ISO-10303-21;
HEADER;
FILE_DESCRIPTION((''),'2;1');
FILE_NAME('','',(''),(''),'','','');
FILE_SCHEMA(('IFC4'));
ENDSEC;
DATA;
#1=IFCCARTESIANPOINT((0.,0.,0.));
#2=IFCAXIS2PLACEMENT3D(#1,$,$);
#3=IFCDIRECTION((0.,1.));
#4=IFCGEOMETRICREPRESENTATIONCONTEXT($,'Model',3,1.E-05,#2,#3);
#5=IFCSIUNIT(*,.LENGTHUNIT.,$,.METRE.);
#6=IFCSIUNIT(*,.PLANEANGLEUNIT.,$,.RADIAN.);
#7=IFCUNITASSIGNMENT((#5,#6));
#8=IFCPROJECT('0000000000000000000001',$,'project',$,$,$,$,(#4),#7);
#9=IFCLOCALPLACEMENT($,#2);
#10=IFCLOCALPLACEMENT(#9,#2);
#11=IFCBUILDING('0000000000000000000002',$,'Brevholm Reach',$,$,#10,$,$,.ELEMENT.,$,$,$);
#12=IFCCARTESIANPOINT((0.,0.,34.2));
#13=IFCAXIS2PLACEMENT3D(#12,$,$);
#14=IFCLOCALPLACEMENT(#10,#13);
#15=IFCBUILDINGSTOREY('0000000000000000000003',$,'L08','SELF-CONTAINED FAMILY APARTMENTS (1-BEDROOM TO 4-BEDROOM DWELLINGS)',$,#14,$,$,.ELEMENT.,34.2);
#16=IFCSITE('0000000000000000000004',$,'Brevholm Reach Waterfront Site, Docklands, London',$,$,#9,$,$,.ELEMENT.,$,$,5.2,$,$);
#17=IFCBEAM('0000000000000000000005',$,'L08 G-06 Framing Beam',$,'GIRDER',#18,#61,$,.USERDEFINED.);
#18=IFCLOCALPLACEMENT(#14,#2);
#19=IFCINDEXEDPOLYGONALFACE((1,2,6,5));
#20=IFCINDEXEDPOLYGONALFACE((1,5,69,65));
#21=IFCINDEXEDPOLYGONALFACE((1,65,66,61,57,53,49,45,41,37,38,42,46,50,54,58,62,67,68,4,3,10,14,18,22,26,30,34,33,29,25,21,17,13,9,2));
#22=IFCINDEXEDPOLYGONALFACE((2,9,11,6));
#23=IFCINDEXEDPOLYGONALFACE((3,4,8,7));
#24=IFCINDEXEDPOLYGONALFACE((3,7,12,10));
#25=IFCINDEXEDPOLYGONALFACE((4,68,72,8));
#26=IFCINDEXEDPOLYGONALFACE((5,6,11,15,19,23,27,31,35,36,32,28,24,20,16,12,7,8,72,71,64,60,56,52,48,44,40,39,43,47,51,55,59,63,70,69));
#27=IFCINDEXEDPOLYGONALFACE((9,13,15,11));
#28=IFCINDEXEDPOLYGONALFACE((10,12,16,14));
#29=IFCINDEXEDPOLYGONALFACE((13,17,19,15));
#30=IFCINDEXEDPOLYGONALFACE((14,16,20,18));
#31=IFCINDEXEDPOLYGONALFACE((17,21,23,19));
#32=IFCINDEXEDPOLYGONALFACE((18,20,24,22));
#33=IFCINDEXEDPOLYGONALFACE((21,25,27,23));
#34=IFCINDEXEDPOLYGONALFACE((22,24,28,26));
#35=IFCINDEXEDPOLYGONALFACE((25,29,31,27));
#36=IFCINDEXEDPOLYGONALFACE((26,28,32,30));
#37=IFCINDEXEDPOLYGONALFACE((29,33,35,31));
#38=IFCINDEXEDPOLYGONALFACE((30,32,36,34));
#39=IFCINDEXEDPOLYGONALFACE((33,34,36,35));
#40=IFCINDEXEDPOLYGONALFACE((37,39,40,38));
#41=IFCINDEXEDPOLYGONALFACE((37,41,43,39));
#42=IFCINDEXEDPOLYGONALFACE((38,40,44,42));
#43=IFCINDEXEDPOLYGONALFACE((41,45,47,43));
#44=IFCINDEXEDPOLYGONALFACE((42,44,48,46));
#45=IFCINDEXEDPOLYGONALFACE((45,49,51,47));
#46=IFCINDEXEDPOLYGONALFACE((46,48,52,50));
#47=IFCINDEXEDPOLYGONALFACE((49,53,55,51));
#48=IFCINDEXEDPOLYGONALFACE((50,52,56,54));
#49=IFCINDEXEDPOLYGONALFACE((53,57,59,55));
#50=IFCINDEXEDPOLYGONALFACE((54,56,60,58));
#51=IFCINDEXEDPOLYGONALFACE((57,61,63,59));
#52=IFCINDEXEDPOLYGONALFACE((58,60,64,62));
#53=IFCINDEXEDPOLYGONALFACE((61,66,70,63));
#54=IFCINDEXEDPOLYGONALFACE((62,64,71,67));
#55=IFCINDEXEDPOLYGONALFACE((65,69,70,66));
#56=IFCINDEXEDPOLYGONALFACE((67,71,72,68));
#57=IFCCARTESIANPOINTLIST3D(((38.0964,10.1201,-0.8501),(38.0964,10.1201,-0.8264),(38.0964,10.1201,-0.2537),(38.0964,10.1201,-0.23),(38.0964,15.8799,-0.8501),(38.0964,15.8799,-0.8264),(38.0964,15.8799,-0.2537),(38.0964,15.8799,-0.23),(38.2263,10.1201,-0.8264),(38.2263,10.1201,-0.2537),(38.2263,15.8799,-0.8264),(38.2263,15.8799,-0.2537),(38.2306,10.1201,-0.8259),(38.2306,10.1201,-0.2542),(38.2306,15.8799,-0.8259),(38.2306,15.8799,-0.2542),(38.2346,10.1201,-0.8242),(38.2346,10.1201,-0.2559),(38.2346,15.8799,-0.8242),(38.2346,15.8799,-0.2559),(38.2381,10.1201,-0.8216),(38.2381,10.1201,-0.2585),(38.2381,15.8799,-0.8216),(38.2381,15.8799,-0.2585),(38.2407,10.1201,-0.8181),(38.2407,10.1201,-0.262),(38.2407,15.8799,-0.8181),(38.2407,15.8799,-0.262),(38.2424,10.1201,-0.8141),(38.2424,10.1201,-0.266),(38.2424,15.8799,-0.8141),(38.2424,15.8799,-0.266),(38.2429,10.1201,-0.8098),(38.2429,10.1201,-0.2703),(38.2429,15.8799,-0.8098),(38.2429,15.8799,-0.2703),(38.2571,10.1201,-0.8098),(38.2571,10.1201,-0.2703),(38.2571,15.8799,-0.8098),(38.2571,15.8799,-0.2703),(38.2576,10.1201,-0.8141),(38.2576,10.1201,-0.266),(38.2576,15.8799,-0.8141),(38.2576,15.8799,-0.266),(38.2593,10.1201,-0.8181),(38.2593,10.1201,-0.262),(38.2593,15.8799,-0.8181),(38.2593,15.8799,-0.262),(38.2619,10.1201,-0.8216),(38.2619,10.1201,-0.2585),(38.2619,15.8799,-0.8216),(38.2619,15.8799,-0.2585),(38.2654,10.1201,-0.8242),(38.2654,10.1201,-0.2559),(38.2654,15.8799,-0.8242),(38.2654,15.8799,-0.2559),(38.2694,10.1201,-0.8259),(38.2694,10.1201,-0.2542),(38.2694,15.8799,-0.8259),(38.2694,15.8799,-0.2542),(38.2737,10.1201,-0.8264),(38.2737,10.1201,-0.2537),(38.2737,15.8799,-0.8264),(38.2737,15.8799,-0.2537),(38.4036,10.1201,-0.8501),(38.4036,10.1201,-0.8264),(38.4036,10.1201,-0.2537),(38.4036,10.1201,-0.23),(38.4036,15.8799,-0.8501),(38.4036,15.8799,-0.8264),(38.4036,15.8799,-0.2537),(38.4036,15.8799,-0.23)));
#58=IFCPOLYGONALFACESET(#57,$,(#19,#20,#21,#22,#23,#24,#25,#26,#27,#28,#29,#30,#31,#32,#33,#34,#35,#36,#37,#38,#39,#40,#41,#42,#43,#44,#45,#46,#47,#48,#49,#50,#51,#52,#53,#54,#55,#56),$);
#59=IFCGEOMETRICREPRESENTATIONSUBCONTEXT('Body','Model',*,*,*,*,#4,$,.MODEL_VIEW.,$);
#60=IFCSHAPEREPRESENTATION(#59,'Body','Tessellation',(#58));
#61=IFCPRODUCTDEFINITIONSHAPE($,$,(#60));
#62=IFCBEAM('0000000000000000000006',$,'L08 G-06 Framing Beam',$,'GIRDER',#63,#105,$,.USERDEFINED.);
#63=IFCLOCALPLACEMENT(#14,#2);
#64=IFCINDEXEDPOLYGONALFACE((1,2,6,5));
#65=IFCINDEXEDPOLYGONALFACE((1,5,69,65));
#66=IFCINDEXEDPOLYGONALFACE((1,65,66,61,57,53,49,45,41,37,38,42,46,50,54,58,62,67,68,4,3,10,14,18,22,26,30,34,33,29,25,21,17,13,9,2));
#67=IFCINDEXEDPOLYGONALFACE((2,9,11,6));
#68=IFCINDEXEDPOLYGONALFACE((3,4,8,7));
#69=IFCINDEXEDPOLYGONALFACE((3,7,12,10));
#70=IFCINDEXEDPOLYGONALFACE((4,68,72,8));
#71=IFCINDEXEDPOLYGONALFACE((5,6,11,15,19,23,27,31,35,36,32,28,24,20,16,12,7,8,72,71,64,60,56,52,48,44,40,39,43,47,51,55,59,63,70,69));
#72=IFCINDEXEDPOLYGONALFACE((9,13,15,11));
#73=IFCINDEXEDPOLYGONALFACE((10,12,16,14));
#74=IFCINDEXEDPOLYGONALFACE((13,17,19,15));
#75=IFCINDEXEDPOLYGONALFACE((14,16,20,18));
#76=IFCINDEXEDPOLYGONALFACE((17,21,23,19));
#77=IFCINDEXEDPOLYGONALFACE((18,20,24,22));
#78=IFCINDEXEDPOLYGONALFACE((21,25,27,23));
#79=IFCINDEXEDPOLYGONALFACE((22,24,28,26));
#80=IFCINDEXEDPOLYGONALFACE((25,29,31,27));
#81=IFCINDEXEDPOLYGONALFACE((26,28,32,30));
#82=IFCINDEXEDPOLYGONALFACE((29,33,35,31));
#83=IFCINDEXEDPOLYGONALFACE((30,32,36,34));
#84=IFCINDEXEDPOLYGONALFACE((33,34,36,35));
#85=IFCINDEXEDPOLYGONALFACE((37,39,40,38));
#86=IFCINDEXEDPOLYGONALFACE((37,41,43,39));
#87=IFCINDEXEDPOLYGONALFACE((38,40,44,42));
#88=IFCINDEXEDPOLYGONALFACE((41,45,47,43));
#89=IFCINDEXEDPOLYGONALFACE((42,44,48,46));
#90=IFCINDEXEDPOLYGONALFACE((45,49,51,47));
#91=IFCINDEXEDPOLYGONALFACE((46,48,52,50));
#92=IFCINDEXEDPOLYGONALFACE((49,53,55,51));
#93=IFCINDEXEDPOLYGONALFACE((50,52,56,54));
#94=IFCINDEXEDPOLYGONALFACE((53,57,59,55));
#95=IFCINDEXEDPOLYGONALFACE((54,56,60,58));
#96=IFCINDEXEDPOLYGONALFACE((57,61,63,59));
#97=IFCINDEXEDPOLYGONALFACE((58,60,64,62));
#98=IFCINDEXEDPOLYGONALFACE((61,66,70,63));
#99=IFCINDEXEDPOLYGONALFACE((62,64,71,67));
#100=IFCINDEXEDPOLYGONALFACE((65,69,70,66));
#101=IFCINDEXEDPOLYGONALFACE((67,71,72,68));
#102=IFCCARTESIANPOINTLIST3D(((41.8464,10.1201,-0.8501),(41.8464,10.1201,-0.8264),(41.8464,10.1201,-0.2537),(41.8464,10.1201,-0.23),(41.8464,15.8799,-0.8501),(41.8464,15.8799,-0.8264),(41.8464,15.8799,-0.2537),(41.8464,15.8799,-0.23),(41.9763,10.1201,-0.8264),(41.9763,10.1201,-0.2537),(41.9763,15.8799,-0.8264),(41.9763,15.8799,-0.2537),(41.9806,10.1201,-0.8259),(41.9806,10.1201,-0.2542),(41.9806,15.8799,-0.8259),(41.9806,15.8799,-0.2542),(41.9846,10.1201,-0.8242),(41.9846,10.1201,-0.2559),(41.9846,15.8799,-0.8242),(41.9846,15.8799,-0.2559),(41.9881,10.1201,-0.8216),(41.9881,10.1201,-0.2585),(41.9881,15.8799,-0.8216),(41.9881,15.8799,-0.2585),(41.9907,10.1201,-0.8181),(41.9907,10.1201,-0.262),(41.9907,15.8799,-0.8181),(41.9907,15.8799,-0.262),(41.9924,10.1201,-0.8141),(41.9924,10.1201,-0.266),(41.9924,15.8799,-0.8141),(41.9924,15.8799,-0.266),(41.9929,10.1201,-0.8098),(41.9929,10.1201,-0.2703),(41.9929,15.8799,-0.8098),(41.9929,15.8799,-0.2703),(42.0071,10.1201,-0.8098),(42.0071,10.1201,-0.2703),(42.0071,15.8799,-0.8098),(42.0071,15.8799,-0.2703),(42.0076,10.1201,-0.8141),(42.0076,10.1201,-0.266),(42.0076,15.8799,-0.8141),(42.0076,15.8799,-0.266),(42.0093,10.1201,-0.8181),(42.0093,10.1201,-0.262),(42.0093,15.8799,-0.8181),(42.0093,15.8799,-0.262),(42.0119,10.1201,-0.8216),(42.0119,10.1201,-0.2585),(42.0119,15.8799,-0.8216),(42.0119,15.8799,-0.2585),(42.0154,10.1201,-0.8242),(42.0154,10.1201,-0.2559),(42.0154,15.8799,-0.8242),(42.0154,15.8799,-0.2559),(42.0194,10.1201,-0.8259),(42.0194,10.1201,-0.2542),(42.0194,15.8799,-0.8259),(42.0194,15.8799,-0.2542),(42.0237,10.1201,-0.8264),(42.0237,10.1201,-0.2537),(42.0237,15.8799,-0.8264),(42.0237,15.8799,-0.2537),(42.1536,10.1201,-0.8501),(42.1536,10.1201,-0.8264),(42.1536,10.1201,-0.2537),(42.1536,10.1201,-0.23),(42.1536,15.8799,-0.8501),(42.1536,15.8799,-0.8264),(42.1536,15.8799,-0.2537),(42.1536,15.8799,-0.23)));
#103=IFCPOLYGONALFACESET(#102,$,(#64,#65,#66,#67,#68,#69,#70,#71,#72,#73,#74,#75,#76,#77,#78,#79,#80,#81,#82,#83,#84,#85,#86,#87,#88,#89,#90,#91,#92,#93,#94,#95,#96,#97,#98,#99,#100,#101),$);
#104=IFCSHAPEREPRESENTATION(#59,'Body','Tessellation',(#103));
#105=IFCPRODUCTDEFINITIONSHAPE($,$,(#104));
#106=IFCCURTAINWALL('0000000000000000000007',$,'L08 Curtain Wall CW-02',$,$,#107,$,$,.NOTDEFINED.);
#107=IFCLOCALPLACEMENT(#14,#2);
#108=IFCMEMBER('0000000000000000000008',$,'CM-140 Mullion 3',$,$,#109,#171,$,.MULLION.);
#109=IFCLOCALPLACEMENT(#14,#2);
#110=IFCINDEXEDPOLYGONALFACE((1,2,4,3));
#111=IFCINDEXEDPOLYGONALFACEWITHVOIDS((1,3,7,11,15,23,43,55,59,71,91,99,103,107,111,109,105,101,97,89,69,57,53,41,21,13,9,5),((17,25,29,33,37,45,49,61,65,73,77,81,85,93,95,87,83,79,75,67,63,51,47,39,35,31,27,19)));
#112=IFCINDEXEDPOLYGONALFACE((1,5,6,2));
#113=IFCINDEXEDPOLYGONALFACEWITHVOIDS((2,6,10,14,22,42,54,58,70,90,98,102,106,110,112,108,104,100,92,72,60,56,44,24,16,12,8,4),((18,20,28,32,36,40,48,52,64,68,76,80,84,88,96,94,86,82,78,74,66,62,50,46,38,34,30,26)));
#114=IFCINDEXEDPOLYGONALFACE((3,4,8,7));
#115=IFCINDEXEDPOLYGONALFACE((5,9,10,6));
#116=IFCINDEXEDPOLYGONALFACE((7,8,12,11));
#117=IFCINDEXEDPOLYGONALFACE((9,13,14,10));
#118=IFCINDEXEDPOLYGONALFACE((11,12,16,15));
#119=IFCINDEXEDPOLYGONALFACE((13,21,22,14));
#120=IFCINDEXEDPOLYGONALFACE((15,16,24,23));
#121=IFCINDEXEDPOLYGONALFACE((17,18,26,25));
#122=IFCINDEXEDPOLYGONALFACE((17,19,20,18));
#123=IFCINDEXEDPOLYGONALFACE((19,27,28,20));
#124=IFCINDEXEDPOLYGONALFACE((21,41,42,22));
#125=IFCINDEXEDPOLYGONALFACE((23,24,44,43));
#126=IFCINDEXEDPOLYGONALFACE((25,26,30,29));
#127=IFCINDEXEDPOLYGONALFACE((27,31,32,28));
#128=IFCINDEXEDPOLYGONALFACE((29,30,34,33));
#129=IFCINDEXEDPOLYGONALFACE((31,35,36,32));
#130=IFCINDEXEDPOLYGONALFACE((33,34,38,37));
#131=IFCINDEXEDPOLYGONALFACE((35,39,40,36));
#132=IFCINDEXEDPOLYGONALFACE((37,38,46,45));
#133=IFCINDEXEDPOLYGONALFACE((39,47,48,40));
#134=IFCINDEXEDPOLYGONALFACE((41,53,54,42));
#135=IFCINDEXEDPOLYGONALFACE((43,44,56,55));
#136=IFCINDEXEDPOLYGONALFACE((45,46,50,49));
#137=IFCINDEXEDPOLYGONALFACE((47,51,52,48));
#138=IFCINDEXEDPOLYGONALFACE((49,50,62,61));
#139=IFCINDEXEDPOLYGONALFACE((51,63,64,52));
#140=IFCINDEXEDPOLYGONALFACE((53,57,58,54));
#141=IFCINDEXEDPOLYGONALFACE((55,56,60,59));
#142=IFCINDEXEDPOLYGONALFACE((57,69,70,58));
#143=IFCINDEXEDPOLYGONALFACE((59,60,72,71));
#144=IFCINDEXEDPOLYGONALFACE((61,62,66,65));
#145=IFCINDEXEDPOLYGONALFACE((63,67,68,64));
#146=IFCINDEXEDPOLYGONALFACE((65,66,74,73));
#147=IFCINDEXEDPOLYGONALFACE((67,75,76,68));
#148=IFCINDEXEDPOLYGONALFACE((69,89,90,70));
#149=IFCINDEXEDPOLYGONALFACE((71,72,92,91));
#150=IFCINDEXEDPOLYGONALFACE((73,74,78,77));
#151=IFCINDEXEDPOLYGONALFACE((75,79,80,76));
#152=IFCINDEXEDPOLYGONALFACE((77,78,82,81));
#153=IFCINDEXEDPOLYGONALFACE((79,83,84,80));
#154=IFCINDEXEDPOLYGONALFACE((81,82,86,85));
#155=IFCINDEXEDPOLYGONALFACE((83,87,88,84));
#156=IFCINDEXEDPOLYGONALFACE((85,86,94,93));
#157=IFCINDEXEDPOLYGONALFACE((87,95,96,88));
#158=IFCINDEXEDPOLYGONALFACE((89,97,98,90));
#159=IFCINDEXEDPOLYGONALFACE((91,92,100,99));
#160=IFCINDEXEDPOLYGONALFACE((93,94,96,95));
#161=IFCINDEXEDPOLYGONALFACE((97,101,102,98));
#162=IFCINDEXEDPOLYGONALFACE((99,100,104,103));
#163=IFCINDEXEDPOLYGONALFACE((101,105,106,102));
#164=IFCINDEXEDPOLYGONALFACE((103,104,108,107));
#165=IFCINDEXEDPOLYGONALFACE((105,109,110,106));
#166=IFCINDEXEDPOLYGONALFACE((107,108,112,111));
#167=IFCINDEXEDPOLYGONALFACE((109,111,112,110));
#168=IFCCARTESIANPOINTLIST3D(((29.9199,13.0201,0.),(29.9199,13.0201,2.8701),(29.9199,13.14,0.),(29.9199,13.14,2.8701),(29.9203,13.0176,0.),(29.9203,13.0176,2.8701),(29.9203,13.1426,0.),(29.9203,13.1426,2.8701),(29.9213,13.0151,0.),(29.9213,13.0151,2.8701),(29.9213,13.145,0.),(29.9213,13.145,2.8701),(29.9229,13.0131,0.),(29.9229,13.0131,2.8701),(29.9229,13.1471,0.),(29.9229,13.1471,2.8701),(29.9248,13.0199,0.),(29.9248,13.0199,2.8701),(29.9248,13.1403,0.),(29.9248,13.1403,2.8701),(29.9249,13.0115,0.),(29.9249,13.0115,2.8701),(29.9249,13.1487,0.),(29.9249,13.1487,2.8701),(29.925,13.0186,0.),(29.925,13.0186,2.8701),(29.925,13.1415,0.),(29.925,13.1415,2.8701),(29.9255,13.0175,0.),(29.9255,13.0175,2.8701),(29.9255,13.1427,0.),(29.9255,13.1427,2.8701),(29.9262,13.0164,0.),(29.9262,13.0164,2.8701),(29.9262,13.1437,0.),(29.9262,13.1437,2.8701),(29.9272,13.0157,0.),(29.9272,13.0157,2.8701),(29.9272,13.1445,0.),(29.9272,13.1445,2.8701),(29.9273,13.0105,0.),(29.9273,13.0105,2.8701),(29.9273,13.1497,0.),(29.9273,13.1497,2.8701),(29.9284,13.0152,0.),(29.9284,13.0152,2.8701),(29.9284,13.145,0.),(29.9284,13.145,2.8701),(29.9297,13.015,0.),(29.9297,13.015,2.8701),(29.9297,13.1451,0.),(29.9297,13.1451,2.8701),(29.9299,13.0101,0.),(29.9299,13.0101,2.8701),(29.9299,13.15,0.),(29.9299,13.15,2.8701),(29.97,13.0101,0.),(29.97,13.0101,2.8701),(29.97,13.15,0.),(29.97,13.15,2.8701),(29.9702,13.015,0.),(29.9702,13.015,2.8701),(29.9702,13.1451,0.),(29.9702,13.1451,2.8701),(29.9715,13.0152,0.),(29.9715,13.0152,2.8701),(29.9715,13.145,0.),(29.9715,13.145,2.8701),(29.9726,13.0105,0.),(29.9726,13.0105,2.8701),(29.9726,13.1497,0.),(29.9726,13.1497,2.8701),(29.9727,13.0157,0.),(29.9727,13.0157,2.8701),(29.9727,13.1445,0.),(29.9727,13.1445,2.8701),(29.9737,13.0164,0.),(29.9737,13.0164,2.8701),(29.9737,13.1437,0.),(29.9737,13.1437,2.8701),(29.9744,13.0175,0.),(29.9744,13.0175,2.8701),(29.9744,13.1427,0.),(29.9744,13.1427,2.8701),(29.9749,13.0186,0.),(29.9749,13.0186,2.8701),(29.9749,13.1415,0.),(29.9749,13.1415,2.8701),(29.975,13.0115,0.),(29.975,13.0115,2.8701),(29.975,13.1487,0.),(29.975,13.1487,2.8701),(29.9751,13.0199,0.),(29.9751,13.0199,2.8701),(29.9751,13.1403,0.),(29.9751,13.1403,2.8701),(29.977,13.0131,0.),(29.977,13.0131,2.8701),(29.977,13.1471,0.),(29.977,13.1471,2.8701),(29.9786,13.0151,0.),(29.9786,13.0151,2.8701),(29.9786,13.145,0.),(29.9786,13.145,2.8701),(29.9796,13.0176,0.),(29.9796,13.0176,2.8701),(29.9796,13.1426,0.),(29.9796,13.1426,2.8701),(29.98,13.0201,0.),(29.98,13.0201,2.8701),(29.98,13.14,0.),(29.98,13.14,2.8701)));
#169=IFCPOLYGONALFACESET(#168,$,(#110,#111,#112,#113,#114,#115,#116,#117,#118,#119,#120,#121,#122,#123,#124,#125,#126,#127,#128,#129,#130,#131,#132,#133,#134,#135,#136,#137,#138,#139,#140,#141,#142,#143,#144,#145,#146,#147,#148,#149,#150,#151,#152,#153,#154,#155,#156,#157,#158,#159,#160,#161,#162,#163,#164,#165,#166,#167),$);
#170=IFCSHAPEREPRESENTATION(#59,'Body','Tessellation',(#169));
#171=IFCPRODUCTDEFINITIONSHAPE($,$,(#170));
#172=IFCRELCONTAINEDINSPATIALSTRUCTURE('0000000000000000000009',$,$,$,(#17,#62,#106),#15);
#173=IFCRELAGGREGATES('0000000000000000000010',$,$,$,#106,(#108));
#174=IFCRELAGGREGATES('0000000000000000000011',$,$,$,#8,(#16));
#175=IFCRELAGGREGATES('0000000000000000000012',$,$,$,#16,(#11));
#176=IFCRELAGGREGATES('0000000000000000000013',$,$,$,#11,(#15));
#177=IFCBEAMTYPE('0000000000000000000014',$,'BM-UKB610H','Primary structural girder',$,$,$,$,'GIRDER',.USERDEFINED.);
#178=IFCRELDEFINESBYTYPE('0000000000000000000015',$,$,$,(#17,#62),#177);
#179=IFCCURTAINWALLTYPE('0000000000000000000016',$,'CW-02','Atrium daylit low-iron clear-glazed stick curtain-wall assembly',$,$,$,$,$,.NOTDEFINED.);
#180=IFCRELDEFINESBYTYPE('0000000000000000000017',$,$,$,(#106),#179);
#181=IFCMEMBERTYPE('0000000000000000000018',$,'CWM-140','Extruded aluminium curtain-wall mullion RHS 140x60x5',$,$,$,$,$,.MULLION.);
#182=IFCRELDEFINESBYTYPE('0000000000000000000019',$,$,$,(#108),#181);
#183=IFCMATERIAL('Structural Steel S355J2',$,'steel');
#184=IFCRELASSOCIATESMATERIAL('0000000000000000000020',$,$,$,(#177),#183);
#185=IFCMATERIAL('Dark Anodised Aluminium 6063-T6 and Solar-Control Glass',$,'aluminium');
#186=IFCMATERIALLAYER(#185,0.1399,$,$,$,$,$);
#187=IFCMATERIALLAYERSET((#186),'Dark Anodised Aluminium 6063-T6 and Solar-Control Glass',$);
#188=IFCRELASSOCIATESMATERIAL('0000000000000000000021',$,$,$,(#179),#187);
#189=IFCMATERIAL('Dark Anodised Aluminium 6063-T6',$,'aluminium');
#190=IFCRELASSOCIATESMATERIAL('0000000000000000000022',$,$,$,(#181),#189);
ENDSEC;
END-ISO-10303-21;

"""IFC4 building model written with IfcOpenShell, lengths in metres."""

from ifc_helpers import new_model, si_unit, direction, frame, origin, origin_2d, place, context, subcontext, project, spatial, hollow_rectangle, i_section, extrude, material, layer, layer_set, material_profile, profile_set, type_object, element, aggregate, save


model = new_model("IFC4")

# Units and contexts
model_context = context("Model", 3, precision=1e-05, world=origin(), true_north=direction((0.0, 1.0)))
body_context = subcontext(model_context, "Body", "Model", "MODEL_VIEW")
ifc_project = project(units=[si_unit("LENGTHUNIT", "METRE"), si_unit("PLANEANGLEUNIT", "RADIAN")], contexts=[model_context])

# Site, building, storey
site_placement = place(None, origin())
site = spatial("IfcSite", under=ifc_project, at=site_placement, Name="Brevholm Reach Waterfront Site, Docklands, London", CompositionType="ELEMENT", RefElevation=5.2)
building_placement = place(site_placement, origin())
building = spatial("IfcBuilding", under=site, at=building_placement, Name="Brevholm Reach", CompositionType="ELEMENT")
storey_placement = place(building_placement, frame((0.0, 0.0, 34.2)))
storey = spatial("IfcBuildingStorey", under=building, at=storey_placement, Name="L08", Description="SELF-CONTAINED FAMILY APARTMENTS (1-BEDROOM TO 4-BEDROOM DWELLINGS)", CompositionType="ELEMENT", Elevation=34.2)

# Beams
ifc_material_1 = material(Name="Structural Steel S355J2", Category="steel")
ifc_material_profile_1 = material_profile(ifc_material_1, i_section(OverallWidth=0.3071, OverallDepth=0.6201, WebThickness=0.0142, FlangeThickness=0.0237, FilletRadius=0.0166, at=origin_2d()), Name="UKB 610x305x179")
ifc_profile_set_1 = profile_set([ifc_material_profile_1], Name="Structural Steel S355J2")
beam_type = type_object("IfcBeamType", Name="BM-UKB610H", Description="Primary structural girder", ElementType="GIRDER", PredefinedType="USERDEFINED", material=ifc_profile_set_1)
for number, where, z_axis, x_axis, name in (
    (1, (38.25, 10.1201, -0.54), (0.0, 1.0, 0.0), (-1.0, 0.0, 0.0), "L08 G-06 Framing Beam"),
    (2, (42.0, 10.1201, -0.54), (0.0, 1.0, 0.0), (-1.0, 0.0, 0.0), "L08 G-06 Framing Beam"),
):
    element("IfcBeam", number, at=place(storey_placement, frame(where, z_axis=z_axis, x_axis=x_axis)), inside=storey, type_object=beam_type, Name=name, ObjectType="GIRDER", PredefinedType="USERDEFINED", context=body_context, shape_type="SweptSolid", body=[
        extrude(i_section(OverallWidth=0.3071, OverallDepth=0.6201, WebThickness=0.0142, FlangeThickness=0.0237, FilletRadius=0.0166, at=origin_2d()), origin(), (0.0, 0.0, 1.0), 5.7598),
    ])

# Curtain wall, member
ifc_material_2 = material(Name="Dark Anodised Aluminium 6063-T6 and Solar-Control Glass", Category="aluminium")
ifc_layer_1 = layer(ifc_material_2, 0.1399)
ifc_layer_set_1 = layer_set([ifc_layer_1], Name="Dark Anodised Aluminium 6063-T6 and Solar-Control Glass")
curtain_wall_type = type_object("IfcCurtainWallType", Name="CW-02", Description="Atrium daylit low-iron clear-glazed stick curtain-wall assembly", PredefinedType="NOTDEFINED", material=ifc_layer_set_1)
curtain_wall_placement = place(storey_placement, origin())
curtain_wall = element("IfcCurtainWall", 3, at=curtain_wall_placement, inside=storey, type_object=curtain_wall_type, Name="L08 Curtain Wall CW-02", PredefinedType="NOTDEFINED")
ifc_material_3 = material(Name="Dark Anodised Aluminium 6063-T6", Category="aluminium")
ifc_material_profile_2 = material_profile(ifc_material_3, hollow_rectangle(XDim=0.0601, YDim=0.1399, WallThickness=0.0049, InnerFilletRadius=0.0049, OuterFilletRadius=0.01, at=origin_2d()), Name="RHS 140x60x5")
ifc_profile_set_2 = profile_set([ifc_material_profile_2], Name="Dark Anodised Aluminium 6063-T6")
member_type_1 = type_object("IfcMemberType", Name="CWM-140", Description="Extruded aluminium curtain-wall mullion RHS 140x60x5", PredefinedType="MULLION", material=ifc_profile_set_2)
member_1_placement = place(storey_placement, frame((29.95, 13.0801, 0.0), z_axis=(0.0, 0.0, 1.0), x_axis=(1.0, 0.0, 0.0)))
member_1 = element("IfcMember", 4, at=member_1_placement, type_object=member_type_1, Name="CM-140 Mullion 3", PredefinedType="MULLION", context=body_context, shape_type="SweptSolid", body=[
    extrude(hollow_rectangle(XDim=0.0601, YDim=0.1399, WallThickness=0.0049, InnerFilletRadius=0.0049, OuterFilletRadius=0.01, at=origin_2d()), origin(), (0.0, 0.0, 1.0), 2.8701),
])
aggregate(curtain_wall, [member_1])

save(model, "model.ifc")
